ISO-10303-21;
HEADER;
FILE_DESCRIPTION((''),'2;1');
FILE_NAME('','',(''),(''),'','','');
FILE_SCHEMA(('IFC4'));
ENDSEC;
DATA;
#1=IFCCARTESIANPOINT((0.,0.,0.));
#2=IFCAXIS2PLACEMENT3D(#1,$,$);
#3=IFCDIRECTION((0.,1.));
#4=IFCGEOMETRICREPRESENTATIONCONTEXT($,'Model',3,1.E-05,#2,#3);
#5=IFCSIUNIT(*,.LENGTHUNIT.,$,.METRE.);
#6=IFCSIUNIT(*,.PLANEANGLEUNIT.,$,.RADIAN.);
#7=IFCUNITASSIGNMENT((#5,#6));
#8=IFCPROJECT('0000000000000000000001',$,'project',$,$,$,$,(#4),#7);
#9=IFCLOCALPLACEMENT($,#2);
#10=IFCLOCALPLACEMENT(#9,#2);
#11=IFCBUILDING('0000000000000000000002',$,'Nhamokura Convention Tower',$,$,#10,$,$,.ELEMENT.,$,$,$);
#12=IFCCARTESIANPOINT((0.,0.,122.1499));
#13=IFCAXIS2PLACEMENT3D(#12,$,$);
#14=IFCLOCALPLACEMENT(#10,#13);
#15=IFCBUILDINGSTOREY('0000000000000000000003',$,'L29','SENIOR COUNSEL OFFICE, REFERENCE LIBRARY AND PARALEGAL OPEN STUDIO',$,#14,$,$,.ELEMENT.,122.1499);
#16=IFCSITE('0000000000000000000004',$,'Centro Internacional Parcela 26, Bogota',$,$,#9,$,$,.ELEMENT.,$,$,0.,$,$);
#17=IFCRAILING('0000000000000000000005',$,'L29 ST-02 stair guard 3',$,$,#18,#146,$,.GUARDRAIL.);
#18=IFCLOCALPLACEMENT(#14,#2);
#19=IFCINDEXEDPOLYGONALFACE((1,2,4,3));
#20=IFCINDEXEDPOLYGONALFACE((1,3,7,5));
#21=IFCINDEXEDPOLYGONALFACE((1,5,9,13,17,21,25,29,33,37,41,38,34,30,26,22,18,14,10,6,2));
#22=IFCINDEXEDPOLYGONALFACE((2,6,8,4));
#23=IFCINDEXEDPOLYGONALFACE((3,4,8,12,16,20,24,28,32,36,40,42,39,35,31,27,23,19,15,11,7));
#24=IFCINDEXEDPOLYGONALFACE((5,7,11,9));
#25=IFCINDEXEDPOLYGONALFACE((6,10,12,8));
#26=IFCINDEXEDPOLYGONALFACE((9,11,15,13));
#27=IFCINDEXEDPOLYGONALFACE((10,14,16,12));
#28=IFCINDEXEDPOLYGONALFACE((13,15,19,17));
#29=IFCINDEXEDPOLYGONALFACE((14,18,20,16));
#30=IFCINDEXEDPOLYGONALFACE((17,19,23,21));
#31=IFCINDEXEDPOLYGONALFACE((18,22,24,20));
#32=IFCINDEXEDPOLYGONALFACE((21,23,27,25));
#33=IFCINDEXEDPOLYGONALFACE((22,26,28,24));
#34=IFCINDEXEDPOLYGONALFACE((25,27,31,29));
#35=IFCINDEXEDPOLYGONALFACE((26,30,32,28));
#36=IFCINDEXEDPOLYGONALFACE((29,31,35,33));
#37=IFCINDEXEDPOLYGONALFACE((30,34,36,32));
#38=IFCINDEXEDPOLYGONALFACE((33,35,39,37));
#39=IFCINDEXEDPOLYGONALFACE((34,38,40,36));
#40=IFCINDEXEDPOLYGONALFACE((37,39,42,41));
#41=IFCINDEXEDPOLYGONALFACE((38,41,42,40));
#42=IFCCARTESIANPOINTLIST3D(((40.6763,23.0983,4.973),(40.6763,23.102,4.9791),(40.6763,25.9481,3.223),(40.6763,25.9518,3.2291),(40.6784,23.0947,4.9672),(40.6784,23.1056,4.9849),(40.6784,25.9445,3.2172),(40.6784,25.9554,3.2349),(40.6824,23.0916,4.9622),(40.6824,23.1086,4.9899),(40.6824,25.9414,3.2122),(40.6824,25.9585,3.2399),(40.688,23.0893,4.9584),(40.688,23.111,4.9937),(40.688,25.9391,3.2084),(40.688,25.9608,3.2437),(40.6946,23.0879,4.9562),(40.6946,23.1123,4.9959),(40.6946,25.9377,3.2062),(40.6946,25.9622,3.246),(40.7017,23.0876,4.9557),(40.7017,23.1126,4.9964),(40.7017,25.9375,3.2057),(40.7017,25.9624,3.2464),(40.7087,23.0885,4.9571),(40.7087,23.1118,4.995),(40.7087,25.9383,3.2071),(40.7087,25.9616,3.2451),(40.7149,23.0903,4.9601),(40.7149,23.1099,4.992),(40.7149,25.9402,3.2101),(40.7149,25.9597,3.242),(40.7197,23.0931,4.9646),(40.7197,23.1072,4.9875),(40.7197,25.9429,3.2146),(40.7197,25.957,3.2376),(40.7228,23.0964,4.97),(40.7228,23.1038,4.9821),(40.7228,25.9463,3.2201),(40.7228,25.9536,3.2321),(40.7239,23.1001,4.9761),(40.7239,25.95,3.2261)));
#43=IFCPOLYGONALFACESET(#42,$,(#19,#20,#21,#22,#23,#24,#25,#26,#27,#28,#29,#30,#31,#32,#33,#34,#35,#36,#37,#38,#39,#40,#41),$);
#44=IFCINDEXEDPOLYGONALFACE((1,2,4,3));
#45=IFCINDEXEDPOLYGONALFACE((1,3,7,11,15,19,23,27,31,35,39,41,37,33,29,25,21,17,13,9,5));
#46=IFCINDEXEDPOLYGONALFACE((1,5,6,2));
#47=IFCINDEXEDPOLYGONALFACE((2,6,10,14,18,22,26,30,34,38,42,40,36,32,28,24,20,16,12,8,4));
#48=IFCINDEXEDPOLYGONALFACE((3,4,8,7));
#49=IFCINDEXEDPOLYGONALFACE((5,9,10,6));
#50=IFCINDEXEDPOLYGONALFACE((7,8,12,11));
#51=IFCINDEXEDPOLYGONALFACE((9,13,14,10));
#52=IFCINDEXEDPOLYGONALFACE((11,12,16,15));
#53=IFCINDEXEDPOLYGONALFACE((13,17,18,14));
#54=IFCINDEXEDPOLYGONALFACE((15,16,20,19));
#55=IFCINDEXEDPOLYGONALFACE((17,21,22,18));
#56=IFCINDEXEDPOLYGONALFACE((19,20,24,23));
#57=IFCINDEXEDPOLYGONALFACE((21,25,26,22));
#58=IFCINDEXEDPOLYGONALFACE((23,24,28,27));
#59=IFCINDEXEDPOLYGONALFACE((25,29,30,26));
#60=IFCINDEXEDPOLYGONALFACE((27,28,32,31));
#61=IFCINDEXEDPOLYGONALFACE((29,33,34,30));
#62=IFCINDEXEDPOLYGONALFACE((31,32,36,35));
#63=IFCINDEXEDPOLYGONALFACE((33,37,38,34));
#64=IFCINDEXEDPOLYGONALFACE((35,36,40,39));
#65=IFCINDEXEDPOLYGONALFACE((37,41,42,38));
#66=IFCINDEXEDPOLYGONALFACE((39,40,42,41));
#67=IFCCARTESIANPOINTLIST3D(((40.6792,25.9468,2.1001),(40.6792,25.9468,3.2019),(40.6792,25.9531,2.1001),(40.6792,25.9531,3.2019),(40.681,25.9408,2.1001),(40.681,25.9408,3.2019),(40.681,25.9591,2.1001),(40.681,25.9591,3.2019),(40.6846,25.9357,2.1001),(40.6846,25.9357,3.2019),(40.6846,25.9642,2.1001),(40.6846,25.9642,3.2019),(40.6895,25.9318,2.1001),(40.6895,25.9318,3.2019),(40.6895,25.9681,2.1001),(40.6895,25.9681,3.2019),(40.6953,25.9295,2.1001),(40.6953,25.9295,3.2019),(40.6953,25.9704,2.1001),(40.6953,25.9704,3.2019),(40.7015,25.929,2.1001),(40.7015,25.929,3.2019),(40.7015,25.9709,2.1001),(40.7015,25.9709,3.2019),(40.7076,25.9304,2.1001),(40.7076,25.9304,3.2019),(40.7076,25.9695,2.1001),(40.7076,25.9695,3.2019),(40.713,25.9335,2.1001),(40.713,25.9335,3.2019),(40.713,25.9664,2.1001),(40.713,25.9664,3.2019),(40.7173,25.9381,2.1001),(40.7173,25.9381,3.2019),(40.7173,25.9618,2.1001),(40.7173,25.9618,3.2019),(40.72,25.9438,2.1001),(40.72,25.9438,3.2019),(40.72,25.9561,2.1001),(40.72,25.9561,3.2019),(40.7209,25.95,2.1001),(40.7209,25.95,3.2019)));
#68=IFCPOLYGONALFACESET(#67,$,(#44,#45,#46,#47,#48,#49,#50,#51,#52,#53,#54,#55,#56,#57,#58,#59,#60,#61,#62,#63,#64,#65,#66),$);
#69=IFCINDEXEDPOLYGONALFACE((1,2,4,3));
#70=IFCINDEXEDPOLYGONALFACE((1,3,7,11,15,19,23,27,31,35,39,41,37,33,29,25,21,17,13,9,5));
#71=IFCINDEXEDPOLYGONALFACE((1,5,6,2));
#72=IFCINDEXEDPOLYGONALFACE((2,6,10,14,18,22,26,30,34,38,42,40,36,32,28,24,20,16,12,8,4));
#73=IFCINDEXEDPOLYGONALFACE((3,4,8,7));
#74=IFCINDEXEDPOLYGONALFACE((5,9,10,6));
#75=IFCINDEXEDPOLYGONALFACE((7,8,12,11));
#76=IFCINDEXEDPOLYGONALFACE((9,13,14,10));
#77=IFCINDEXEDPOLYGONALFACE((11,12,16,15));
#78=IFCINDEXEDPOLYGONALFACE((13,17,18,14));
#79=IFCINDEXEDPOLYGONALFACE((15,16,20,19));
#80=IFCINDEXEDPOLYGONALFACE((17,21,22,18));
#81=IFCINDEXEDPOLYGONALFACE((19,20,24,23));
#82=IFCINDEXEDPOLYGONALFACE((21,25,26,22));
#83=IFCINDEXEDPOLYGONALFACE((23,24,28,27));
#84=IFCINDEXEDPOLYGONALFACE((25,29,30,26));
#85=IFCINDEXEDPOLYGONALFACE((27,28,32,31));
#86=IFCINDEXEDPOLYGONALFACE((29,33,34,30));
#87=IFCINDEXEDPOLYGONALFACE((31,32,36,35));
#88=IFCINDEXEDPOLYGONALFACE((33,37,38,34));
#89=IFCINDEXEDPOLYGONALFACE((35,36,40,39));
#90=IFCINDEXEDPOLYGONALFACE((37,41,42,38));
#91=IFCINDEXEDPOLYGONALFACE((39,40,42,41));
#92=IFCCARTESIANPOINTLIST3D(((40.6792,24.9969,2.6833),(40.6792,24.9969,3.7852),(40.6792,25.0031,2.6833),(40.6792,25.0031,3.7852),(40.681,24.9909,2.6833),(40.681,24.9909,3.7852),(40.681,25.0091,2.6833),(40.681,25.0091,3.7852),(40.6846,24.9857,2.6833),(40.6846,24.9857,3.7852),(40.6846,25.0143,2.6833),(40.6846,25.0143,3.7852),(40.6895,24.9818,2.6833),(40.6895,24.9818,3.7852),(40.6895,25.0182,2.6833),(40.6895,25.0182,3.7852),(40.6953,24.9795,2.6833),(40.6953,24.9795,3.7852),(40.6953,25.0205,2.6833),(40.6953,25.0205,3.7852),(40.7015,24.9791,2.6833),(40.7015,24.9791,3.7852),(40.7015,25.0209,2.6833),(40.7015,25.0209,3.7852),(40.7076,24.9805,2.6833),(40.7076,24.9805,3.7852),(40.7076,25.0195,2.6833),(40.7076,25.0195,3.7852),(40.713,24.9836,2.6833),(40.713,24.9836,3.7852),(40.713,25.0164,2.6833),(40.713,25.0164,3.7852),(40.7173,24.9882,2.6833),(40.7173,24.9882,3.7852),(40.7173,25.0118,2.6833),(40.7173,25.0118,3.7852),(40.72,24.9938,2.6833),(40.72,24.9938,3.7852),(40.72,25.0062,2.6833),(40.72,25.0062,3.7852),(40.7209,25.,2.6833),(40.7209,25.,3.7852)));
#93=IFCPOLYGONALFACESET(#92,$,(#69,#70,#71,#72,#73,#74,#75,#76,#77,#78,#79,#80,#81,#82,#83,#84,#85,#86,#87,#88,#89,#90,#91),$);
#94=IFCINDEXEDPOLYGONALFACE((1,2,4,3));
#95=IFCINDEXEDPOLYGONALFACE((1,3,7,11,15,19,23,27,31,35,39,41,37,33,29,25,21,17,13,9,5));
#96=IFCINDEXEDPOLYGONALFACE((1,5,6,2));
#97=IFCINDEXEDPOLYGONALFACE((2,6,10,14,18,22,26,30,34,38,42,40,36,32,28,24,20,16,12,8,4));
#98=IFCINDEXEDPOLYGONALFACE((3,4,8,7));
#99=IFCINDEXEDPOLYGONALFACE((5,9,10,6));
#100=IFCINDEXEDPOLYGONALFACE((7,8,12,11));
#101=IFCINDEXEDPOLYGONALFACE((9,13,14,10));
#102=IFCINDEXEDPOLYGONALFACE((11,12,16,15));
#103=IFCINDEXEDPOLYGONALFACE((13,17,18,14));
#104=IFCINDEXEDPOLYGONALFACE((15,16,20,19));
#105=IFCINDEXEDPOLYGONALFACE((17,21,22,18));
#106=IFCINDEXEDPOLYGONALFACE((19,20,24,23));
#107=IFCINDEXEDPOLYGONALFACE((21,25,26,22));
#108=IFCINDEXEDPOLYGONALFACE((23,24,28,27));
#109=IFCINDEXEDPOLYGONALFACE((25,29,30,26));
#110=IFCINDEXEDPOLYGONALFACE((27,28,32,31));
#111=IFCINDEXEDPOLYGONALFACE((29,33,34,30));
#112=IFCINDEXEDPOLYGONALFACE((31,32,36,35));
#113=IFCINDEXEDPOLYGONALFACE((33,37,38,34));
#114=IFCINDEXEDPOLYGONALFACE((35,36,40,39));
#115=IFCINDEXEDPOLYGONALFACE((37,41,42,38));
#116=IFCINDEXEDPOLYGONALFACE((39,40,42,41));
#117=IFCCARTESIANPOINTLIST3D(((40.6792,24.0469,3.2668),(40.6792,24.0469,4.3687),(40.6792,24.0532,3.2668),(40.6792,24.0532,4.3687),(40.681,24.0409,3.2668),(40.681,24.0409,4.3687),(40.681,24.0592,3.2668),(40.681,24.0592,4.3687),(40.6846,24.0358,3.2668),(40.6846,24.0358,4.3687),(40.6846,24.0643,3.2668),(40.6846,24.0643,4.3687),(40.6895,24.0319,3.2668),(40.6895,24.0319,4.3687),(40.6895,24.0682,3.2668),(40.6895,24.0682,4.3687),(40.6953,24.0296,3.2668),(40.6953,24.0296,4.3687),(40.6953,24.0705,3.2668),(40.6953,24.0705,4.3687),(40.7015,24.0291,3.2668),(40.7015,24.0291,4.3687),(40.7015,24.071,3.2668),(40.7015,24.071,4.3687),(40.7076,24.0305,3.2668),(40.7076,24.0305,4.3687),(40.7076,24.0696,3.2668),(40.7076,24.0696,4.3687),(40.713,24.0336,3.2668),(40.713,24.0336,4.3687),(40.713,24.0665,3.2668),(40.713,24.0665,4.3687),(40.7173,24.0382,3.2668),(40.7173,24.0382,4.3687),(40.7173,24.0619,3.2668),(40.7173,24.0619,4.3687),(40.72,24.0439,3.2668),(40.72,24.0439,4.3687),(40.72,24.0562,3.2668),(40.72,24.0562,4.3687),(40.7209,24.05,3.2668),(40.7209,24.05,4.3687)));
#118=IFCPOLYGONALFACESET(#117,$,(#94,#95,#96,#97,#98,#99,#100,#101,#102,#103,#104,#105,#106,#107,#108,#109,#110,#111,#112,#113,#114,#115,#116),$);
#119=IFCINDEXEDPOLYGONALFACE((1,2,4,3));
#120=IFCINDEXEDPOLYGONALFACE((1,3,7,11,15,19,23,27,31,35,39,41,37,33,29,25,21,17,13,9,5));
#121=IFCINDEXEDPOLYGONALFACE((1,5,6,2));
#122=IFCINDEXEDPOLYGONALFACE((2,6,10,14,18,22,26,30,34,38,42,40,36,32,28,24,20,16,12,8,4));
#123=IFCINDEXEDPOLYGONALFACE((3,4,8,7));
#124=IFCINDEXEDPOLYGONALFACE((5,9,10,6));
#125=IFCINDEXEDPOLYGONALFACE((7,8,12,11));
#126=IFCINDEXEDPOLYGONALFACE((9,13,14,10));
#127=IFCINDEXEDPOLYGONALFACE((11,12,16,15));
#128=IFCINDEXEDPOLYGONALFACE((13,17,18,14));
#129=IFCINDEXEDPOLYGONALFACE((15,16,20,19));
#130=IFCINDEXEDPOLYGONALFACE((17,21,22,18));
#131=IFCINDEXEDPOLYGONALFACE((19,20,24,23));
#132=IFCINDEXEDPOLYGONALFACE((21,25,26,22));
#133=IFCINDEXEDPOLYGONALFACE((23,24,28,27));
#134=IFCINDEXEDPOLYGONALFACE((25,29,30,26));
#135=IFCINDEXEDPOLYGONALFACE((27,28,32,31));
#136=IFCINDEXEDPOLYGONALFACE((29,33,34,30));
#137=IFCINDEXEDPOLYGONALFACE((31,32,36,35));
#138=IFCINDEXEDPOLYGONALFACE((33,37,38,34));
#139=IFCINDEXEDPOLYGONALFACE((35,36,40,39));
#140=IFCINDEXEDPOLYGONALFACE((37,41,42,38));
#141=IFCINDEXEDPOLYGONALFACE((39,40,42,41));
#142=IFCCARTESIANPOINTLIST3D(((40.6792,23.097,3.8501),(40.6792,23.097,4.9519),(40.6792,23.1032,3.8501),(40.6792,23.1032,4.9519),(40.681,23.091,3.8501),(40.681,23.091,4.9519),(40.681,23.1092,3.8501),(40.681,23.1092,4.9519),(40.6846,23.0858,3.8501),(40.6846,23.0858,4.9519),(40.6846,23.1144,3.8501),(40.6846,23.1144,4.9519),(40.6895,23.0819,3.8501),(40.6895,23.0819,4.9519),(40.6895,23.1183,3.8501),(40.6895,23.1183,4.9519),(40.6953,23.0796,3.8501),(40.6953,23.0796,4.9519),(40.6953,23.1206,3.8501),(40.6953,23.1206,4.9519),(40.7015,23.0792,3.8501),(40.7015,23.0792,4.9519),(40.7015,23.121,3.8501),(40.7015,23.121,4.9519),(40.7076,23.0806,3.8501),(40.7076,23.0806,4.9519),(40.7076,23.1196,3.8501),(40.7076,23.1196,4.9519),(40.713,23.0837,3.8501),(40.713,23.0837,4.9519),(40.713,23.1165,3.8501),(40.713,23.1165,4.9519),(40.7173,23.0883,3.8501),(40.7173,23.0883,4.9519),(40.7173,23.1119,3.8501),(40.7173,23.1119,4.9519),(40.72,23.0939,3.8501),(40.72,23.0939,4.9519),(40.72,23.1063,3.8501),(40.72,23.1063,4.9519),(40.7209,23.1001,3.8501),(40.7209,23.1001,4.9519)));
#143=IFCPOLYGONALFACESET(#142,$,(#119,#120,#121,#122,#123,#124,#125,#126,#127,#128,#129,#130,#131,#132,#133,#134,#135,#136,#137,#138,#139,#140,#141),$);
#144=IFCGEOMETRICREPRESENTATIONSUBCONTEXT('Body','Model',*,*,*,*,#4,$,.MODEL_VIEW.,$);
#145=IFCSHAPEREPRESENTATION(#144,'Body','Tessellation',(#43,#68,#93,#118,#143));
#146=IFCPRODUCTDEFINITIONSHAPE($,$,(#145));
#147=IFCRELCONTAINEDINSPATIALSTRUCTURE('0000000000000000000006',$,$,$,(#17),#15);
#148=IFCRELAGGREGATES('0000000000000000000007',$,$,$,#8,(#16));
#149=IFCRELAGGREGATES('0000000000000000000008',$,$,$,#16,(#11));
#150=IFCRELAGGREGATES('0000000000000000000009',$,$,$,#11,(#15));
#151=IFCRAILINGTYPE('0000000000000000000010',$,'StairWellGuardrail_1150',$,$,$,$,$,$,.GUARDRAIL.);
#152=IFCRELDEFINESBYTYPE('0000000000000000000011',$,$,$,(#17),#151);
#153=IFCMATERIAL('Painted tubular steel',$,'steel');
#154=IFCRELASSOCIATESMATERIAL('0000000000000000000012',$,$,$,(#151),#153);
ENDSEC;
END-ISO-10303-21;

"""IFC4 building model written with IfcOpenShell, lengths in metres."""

from ifc_helpers import new_model, si_unit, direction, frame, origin, origin_2d, place, context, subcontext, project, spatial, circle, extrude, material, type_object, element, save


model = new_model("IFC4")

# Units and contexts
model_context = context("Model", 3, precision=1e-05, world=origin(), true_north=direction((0.0, 1.0)))
body_context = subcontext(model_context, "Body", "Model", "MODEL_VIEW")
ifc_project = project(units=[si_unit("LENGTHUNIT", "METRE"), si_unit("PLANEANGLEUNIT", "RADIAN")], contexts=[model_context])

# Site, building, storey
site_placement = place(None, origin())
site = spatial("IfcSite", under=ifc_project, at=site_placement, Name="Centro Internacional Parcela 26, Bogota", CompositionType="ELEMENT", RefElevation=0.0)
building_placement = place(site_placement, origin())
building = spatial("IfcBuilding", under=site, at=building_placement, Name="Nhamokura Convention Tower", CompositionType="ELEMENT")
storey_placement = place(building_placement, frame((0.0, 0.0, 122.1499)))
storey = spatial("IfcBuildingStorey", under=building, at=storey_placement, Name="L29", Description="SENIOR COUNSEL OFFICE, REFERENCE LIBRARY AND PARALEGAL OPEN STUDIO", CompositionType="ELEMENT", Elevation=122.1499)

# Railing
ifc_material_1 = material(Name="Painted tubular steel", Category="steel")
railing_type_1 = type_object("IfcRailingType", Name="StairWellGuardrail_1150", PredefinedType="GUARDRAIL", material=ifc_material_1)
railing_1_placement = place(storey_placement, frame((40.7, 25.95, 2.1001)))
element("IfcRailing", 1, at=railing_1_placement, inside=storey, type_object=railing_type_1, Name="L29 ST-02 stair guard 3", PredefinedType="GUARDRAIL", context=body_context, shape_type="SweptSolid", body=[
    extrude(circle(Radius=0.0239, at=origin_2d()), frame((0.0, 0.0, 1.126), z_axis=(0.0, -0.852159, 0.523283), x_axis=(1.0, 0.0, 0.0)), (0.0, 0.0, 1.0), 3.3442),
    extrude(circle(Radius=0.021, at=origin_2d()), origin(), (0.0, 0.0, 1.0), 1.1018),
    extrude(circle(Radius=0.021, at=origin_2d()), frame((0.0, -0.95, 0.5833)), (0.0, 0.0, 1.0), 1.1018),
    extrude(circle(Radius=0.021, at=origin_2d()), frame((0.0, -1.8999, 1.1667)), (0.0, 0.0, 1.0), 1.1018),
    extrude(circle(Radius=0.021, at=origin_2d()), frame((0.0, -2.8499, 1.75)), (0.0, 0.0, 1.0), 1.1018),
])

save(model, "model.ifc")
